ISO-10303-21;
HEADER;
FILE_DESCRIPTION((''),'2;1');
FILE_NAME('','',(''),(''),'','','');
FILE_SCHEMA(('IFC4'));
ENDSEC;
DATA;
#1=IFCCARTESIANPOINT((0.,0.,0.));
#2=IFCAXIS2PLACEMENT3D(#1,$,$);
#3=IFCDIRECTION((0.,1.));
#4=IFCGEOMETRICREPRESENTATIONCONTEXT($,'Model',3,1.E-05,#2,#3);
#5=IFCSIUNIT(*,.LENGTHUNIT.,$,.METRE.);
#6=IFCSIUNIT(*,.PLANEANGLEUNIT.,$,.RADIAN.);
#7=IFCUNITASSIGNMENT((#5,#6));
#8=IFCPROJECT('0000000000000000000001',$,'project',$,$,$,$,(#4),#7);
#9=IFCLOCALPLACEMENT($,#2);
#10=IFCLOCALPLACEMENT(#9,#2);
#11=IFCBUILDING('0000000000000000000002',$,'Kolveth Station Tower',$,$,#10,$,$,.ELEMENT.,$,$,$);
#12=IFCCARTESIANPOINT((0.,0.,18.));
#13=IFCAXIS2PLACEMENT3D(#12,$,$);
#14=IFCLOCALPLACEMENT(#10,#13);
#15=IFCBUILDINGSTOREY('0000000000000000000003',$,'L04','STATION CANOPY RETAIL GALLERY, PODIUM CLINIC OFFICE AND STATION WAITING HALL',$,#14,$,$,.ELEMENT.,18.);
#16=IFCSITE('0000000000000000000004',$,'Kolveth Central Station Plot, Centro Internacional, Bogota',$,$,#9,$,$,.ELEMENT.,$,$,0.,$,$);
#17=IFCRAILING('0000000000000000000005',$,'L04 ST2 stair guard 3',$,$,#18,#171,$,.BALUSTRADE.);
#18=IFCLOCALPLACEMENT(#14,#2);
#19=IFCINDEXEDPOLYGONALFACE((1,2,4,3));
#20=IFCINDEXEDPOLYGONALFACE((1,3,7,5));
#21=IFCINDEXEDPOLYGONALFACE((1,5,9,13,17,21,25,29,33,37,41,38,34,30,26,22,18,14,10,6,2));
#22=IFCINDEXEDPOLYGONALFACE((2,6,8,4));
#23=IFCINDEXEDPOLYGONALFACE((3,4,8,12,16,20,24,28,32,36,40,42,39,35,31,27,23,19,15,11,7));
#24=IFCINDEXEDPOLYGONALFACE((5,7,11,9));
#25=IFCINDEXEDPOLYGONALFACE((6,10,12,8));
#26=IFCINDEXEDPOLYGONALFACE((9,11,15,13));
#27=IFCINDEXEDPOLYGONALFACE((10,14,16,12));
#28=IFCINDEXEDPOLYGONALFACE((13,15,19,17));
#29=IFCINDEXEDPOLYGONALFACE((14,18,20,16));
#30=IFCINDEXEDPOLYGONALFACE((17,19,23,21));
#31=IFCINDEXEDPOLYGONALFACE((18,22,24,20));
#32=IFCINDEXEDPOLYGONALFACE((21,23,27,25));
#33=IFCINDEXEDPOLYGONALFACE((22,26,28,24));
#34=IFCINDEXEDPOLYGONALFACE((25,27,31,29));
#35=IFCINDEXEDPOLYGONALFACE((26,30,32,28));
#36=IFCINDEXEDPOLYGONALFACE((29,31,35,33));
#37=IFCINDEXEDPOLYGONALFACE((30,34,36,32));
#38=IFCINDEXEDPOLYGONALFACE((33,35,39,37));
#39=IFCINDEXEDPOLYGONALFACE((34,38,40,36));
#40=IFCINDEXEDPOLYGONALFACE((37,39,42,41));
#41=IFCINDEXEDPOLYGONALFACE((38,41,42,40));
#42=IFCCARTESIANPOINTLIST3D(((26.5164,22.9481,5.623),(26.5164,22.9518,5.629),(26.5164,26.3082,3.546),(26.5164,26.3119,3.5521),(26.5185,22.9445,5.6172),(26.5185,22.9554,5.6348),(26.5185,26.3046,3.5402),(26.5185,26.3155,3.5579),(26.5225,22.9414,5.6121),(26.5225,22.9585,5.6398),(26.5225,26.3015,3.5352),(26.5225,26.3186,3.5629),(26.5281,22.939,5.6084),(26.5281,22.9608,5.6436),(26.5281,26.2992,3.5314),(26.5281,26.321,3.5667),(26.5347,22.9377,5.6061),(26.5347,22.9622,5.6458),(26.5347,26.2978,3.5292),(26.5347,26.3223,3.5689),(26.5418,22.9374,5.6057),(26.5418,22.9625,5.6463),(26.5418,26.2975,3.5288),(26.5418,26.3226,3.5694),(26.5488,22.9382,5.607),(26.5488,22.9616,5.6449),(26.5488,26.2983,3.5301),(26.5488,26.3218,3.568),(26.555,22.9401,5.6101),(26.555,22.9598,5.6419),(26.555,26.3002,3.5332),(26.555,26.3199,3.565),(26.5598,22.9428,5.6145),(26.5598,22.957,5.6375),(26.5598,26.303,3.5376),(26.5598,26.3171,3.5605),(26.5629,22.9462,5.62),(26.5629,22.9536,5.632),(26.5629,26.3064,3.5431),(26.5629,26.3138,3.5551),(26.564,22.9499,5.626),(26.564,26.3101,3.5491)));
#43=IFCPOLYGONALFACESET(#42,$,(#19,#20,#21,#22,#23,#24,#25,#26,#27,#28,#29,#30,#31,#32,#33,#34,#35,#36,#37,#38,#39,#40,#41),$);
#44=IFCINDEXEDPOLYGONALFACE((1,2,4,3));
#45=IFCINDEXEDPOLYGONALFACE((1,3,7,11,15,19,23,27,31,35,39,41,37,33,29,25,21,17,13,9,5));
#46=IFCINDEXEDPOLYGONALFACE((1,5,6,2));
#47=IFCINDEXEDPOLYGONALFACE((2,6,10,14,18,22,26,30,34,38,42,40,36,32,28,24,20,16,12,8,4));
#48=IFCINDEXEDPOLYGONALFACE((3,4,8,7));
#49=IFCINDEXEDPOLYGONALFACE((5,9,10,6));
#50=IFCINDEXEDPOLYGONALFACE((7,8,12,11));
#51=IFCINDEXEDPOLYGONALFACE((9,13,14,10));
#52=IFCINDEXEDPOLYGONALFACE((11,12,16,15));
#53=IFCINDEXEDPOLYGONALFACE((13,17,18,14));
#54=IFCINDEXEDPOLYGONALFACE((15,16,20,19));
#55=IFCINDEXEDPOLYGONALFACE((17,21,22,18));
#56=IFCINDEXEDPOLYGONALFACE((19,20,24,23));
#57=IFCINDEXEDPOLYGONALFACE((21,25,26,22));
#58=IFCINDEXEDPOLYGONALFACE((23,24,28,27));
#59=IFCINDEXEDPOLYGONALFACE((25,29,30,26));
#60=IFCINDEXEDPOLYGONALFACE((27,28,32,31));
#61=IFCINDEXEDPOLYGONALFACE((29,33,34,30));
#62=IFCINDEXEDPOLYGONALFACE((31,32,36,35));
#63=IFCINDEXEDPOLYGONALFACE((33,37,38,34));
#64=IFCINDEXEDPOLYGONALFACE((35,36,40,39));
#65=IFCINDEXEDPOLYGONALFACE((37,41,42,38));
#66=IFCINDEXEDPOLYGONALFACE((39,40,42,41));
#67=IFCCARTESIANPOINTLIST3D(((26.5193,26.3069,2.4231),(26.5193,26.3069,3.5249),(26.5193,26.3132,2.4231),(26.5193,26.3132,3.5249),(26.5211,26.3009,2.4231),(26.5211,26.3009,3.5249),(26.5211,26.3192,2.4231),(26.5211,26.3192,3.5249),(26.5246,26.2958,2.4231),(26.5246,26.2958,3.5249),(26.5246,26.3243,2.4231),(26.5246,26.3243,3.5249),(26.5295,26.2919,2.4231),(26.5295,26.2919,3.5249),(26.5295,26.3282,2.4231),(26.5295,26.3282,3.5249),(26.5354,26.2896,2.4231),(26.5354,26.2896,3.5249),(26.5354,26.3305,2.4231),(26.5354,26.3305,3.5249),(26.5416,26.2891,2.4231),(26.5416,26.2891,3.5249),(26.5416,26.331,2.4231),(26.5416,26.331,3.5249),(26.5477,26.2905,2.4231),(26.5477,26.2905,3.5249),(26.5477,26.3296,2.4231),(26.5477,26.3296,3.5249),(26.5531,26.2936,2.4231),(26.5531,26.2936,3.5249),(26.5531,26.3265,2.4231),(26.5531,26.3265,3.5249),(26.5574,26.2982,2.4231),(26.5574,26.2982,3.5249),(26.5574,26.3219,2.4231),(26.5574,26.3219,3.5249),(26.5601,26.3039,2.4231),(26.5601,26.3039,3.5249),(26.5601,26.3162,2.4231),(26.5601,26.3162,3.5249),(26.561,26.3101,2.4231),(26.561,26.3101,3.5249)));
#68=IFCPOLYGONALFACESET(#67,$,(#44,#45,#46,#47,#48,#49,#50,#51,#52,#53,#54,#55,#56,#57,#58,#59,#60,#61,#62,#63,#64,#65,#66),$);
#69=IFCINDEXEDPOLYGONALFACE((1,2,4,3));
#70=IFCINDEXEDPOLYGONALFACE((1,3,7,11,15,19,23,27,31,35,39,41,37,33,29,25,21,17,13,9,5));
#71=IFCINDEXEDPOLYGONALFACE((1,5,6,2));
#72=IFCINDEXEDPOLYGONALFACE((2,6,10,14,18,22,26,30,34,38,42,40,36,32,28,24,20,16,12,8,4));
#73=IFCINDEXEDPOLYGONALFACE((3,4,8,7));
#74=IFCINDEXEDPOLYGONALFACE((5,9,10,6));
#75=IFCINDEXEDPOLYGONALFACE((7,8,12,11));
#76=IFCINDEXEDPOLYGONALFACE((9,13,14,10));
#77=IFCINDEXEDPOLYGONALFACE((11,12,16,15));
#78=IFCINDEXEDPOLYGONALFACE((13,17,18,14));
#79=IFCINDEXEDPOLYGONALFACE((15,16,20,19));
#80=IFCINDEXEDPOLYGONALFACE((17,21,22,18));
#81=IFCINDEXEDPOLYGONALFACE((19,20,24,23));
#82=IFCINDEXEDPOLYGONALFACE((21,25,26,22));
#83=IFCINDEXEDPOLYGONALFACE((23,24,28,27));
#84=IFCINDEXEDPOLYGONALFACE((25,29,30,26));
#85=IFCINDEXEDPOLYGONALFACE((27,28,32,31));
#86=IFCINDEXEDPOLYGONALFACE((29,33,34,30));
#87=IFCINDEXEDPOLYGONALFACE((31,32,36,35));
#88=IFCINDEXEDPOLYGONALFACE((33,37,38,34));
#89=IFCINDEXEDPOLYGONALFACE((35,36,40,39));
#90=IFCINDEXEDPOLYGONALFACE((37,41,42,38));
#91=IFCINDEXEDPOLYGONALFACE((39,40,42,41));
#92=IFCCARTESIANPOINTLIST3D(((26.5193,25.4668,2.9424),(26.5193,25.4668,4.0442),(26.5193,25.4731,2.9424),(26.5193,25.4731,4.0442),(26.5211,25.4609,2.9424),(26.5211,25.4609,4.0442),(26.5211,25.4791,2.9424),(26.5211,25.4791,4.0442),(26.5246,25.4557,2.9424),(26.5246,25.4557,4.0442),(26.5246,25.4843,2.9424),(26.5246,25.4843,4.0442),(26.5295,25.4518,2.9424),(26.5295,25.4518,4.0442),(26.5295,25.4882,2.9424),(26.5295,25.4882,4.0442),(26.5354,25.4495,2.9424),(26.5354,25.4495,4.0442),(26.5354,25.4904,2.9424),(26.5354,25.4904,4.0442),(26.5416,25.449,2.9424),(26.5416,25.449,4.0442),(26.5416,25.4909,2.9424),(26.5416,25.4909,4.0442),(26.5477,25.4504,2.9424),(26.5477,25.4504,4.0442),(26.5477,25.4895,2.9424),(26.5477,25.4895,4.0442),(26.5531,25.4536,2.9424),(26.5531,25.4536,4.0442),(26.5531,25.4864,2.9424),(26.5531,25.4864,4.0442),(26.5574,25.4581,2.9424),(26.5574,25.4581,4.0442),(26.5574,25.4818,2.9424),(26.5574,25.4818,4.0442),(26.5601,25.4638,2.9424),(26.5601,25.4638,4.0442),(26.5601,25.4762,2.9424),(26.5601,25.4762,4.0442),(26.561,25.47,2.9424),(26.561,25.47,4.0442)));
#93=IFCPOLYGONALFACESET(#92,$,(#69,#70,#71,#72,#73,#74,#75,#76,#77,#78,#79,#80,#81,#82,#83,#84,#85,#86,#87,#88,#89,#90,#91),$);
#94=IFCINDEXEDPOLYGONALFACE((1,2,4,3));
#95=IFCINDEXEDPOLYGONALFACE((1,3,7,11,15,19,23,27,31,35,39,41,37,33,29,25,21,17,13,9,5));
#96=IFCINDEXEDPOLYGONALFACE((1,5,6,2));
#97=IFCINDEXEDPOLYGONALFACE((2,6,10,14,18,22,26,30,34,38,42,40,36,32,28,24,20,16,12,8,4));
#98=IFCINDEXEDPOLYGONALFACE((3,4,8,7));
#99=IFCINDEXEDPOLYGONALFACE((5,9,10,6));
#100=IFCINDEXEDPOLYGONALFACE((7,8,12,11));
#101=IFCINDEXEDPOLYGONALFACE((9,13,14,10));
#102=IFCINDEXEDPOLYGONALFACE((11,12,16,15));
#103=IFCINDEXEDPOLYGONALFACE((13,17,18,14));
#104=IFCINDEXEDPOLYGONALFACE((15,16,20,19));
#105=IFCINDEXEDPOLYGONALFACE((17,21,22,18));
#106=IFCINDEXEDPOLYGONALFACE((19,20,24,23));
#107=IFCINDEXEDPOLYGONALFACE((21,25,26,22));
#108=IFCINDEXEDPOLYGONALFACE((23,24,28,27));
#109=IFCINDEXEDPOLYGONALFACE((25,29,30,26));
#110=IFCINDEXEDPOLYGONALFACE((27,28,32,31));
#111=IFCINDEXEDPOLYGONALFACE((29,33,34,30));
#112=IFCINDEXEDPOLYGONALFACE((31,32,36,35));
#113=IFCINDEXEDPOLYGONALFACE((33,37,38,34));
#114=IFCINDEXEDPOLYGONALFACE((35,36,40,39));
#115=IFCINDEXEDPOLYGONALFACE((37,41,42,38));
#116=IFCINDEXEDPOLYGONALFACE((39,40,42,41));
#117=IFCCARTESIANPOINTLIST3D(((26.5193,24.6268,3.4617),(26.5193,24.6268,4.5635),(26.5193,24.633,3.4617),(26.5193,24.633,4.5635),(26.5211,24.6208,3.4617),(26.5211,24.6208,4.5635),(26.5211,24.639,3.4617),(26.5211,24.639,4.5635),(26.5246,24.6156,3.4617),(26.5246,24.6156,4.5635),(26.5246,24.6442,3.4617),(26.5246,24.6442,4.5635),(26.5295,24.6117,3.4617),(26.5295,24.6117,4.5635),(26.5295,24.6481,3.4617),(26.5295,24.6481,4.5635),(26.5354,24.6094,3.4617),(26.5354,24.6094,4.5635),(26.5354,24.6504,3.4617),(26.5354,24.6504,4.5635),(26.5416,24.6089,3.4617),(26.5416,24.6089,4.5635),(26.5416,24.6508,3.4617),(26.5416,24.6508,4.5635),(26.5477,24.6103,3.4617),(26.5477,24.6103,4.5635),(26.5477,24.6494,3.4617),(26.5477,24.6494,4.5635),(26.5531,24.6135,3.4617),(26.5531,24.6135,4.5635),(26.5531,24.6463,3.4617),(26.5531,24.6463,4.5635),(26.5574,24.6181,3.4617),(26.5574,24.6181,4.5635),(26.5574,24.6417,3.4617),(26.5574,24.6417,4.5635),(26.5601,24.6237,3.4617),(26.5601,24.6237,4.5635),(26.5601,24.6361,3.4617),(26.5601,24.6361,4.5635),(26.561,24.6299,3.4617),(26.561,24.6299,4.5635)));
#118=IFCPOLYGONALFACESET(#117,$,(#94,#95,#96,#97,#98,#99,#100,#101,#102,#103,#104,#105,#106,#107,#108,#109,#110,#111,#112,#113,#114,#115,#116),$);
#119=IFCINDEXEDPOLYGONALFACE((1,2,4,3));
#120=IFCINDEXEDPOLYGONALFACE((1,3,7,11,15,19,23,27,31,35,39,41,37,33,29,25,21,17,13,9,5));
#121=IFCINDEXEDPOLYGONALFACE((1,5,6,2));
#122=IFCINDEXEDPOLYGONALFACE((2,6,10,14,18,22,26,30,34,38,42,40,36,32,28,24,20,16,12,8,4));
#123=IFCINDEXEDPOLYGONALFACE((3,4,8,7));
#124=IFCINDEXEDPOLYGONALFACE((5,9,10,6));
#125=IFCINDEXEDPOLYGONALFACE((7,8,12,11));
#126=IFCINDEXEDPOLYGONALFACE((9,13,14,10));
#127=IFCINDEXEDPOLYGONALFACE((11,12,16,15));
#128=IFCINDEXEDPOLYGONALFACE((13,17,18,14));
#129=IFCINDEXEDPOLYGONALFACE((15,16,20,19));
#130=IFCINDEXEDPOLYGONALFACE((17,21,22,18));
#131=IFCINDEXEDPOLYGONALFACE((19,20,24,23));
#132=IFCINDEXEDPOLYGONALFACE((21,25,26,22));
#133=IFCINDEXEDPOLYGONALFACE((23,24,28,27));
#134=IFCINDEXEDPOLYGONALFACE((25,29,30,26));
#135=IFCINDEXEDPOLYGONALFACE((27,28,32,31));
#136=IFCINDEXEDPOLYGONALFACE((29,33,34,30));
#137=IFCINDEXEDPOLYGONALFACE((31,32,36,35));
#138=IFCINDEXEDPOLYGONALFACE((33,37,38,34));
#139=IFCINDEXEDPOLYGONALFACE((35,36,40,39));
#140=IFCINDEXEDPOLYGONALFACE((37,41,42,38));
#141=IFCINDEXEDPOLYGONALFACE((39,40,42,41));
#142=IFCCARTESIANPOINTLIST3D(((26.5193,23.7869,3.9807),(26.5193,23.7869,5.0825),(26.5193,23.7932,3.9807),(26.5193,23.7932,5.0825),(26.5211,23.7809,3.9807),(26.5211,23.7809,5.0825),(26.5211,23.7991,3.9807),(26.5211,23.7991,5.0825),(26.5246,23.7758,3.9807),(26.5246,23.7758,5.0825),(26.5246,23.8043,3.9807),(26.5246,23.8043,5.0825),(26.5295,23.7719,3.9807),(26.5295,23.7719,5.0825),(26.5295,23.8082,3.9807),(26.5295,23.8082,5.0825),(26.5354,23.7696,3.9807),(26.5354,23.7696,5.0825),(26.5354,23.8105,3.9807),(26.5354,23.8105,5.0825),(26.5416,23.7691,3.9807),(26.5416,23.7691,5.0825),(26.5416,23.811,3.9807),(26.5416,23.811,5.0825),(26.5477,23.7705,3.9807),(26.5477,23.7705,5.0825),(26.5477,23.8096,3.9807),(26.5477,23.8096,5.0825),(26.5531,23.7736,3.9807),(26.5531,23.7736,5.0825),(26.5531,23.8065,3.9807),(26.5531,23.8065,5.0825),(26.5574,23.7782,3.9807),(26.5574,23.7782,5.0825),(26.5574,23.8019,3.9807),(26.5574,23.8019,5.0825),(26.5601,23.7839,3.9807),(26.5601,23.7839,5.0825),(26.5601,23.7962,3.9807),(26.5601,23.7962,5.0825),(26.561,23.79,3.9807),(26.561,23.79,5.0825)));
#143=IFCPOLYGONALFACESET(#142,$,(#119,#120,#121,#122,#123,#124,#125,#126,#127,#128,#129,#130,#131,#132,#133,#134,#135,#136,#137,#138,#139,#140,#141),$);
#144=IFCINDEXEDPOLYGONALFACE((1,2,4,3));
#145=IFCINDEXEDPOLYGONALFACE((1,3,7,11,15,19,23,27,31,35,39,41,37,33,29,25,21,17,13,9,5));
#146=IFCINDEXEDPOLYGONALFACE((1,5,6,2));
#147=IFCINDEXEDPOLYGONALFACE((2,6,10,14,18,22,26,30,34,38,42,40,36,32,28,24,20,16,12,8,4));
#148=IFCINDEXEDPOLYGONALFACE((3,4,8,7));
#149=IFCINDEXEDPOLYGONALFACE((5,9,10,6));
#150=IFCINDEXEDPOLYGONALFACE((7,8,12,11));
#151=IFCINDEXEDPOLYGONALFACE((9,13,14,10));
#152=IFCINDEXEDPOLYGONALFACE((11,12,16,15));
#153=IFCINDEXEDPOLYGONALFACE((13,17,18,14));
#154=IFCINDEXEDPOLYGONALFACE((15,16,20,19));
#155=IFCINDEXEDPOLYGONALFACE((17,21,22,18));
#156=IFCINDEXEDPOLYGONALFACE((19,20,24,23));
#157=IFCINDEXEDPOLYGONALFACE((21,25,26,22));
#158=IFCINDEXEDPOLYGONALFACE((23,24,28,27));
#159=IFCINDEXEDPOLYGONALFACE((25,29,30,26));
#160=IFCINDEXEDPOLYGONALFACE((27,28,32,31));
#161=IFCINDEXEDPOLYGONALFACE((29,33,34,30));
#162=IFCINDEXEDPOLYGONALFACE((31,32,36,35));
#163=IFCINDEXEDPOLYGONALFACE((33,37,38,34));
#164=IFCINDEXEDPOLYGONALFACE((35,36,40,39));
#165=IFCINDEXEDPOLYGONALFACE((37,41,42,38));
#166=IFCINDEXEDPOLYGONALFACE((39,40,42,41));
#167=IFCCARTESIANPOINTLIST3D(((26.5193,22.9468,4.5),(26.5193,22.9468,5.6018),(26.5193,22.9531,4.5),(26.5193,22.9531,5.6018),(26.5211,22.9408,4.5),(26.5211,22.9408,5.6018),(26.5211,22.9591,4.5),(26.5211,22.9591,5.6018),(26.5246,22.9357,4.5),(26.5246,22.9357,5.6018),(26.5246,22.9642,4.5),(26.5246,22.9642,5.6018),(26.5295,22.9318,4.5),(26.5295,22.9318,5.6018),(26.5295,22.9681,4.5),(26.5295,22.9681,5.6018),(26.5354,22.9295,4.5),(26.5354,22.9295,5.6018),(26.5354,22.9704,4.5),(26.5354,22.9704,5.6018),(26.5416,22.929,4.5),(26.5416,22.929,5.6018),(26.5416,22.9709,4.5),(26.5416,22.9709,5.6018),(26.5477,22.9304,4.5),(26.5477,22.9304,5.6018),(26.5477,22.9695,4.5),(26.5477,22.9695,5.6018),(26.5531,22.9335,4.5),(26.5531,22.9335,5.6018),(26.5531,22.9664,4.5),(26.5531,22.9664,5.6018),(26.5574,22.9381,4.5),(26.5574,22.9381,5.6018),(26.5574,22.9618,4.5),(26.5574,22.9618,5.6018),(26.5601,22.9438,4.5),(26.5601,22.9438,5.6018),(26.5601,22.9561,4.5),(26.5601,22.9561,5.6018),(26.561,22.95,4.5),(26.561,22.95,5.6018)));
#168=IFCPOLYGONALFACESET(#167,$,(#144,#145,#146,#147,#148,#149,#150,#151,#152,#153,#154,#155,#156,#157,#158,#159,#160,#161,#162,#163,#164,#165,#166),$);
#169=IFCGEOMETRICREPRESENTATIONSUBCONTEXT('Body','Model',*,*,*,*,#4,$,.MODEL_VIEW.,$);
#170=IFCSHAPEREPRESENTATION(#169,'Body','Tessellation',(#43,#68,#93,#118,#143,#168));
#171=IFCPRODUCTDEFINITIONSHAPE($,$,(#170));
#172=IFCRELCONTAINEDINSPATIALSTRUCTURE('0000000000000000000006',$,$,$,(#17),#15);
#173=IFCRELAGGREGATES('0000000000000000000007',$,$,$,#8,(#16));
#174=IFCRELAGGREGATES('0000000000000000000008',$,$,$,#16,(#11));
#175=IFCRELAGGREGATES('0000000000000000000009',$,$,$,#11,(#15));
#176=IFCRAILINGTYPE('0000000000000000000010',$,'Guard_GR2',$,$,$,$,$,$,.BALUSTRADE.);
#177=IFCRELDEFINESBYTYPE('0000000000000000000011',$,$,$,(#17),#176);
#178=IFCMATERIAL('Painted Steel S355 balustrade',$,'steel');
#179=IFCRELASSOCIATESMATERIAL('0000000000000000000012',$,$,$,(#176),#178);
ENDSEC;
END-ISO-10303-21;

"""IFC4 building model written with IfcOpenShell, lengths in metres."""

from ifc_helpers import new_model, si_unit, direction, frame, origin, origin_2d, place, context, subcontext, project, spatial, circle, extrude, material, type_object, element, save


model = new_model("IFC4")

# Units and contexts
model_context = context("Model", 3, precision=1e-05, world=origin(), true_north=direction((0.0, 1.0)))
body_context = subcontext(model_context, "Body", "Model", "MODEL_VIEW")
ifc_project = project(units=[si_unit("LENGTHUNIT", "METRE"), si_unit("PLANEANGLEUNIT", "RADIAN")], contexts=[model_context])

# Site, building, storey
site_placement = place(None, origin())
site = spatial("IfcSite", under=ifc_project, at=site_placement, Name="Kolveth Central Station Plot, Centro Internacional, Bogota", CompositionType="ELEMENT", RefElevation=0.0)
building_placement = place(site_placement, origin())
building = spatial("IfcBuilding", under=site, at=building_placement, Name="Kolveth Station Tower", CompositionType="ELEMENT")
storey_placement = place(building_placement, frame((0.0, 0.0, 18.0)))
storey = spatial("IfcBuildingStorey", under=building, at=storey_placement, Name="L04", Description="STATION CANOPY RETAIL GALLERY, PODIUM CLINIC OFFICE AND STATION WAITING HALL", CompositionType="ELEMENT", Elevation=18.0)

# Railing
ifc_material_1 = material(Name="Painted Steel S355 balustrade", Category="steel")
railing_type_1 = type_object("IfcRailingType", Name="Guard_GR2", PredefinedType="BALUSTRADE", material=ifc_material_1)
railing_1_placement = place(storey_placement, frame((26.54, 26.3101, 2.4231)))
element("IfcRailing", 1, at=railing_1_placement, inside=storey, type_object=railing_type_1, Name="L04 ST2 stair guard 3", PredefinedType="BALUSTRADE", context=body_context, shape_type="SweptSolid", body=[
    extrude(circle(Radius=0.0239, at=origin_2d()), frame((0.0, 0.0, 1.126), z_axis=(0.0, -0.850623, 0.525776), x_axis=(1.0, 0.0, 0.0)), (0.0, 0.0, 1.0), 3.9502),
    extrude(circle(Radius=0.021, at=origin_2d()), origin(), (0.0, 0.0, 1.0), 1.1018),
    extrude(circle(Radius=0.021, at=origin_2d()), frame((0.0, -0.8401, 0.5193)), (0.0, 0.0, 1.0), 1.1018),
    extrude(circle(Radius=0.021, at=origin_2d()), frame((0.0, -1.6802, 1.0386)), (0.0, 0.0, 1.0), 1.1018),
    extrude(circle(Radius=0.021, at=origin_2d()), frame((0.0, -2.52, 1.5576)), (0.0, 0.0, 1.0), 1.1018),
    extrude(circle(Radius=0.021, at=origin_2d()), frame((0.0, -3.3601, 2.0769)), (0.0, 0.0, 1.0), 1.1018),
])

save(model, "model.ifc")
